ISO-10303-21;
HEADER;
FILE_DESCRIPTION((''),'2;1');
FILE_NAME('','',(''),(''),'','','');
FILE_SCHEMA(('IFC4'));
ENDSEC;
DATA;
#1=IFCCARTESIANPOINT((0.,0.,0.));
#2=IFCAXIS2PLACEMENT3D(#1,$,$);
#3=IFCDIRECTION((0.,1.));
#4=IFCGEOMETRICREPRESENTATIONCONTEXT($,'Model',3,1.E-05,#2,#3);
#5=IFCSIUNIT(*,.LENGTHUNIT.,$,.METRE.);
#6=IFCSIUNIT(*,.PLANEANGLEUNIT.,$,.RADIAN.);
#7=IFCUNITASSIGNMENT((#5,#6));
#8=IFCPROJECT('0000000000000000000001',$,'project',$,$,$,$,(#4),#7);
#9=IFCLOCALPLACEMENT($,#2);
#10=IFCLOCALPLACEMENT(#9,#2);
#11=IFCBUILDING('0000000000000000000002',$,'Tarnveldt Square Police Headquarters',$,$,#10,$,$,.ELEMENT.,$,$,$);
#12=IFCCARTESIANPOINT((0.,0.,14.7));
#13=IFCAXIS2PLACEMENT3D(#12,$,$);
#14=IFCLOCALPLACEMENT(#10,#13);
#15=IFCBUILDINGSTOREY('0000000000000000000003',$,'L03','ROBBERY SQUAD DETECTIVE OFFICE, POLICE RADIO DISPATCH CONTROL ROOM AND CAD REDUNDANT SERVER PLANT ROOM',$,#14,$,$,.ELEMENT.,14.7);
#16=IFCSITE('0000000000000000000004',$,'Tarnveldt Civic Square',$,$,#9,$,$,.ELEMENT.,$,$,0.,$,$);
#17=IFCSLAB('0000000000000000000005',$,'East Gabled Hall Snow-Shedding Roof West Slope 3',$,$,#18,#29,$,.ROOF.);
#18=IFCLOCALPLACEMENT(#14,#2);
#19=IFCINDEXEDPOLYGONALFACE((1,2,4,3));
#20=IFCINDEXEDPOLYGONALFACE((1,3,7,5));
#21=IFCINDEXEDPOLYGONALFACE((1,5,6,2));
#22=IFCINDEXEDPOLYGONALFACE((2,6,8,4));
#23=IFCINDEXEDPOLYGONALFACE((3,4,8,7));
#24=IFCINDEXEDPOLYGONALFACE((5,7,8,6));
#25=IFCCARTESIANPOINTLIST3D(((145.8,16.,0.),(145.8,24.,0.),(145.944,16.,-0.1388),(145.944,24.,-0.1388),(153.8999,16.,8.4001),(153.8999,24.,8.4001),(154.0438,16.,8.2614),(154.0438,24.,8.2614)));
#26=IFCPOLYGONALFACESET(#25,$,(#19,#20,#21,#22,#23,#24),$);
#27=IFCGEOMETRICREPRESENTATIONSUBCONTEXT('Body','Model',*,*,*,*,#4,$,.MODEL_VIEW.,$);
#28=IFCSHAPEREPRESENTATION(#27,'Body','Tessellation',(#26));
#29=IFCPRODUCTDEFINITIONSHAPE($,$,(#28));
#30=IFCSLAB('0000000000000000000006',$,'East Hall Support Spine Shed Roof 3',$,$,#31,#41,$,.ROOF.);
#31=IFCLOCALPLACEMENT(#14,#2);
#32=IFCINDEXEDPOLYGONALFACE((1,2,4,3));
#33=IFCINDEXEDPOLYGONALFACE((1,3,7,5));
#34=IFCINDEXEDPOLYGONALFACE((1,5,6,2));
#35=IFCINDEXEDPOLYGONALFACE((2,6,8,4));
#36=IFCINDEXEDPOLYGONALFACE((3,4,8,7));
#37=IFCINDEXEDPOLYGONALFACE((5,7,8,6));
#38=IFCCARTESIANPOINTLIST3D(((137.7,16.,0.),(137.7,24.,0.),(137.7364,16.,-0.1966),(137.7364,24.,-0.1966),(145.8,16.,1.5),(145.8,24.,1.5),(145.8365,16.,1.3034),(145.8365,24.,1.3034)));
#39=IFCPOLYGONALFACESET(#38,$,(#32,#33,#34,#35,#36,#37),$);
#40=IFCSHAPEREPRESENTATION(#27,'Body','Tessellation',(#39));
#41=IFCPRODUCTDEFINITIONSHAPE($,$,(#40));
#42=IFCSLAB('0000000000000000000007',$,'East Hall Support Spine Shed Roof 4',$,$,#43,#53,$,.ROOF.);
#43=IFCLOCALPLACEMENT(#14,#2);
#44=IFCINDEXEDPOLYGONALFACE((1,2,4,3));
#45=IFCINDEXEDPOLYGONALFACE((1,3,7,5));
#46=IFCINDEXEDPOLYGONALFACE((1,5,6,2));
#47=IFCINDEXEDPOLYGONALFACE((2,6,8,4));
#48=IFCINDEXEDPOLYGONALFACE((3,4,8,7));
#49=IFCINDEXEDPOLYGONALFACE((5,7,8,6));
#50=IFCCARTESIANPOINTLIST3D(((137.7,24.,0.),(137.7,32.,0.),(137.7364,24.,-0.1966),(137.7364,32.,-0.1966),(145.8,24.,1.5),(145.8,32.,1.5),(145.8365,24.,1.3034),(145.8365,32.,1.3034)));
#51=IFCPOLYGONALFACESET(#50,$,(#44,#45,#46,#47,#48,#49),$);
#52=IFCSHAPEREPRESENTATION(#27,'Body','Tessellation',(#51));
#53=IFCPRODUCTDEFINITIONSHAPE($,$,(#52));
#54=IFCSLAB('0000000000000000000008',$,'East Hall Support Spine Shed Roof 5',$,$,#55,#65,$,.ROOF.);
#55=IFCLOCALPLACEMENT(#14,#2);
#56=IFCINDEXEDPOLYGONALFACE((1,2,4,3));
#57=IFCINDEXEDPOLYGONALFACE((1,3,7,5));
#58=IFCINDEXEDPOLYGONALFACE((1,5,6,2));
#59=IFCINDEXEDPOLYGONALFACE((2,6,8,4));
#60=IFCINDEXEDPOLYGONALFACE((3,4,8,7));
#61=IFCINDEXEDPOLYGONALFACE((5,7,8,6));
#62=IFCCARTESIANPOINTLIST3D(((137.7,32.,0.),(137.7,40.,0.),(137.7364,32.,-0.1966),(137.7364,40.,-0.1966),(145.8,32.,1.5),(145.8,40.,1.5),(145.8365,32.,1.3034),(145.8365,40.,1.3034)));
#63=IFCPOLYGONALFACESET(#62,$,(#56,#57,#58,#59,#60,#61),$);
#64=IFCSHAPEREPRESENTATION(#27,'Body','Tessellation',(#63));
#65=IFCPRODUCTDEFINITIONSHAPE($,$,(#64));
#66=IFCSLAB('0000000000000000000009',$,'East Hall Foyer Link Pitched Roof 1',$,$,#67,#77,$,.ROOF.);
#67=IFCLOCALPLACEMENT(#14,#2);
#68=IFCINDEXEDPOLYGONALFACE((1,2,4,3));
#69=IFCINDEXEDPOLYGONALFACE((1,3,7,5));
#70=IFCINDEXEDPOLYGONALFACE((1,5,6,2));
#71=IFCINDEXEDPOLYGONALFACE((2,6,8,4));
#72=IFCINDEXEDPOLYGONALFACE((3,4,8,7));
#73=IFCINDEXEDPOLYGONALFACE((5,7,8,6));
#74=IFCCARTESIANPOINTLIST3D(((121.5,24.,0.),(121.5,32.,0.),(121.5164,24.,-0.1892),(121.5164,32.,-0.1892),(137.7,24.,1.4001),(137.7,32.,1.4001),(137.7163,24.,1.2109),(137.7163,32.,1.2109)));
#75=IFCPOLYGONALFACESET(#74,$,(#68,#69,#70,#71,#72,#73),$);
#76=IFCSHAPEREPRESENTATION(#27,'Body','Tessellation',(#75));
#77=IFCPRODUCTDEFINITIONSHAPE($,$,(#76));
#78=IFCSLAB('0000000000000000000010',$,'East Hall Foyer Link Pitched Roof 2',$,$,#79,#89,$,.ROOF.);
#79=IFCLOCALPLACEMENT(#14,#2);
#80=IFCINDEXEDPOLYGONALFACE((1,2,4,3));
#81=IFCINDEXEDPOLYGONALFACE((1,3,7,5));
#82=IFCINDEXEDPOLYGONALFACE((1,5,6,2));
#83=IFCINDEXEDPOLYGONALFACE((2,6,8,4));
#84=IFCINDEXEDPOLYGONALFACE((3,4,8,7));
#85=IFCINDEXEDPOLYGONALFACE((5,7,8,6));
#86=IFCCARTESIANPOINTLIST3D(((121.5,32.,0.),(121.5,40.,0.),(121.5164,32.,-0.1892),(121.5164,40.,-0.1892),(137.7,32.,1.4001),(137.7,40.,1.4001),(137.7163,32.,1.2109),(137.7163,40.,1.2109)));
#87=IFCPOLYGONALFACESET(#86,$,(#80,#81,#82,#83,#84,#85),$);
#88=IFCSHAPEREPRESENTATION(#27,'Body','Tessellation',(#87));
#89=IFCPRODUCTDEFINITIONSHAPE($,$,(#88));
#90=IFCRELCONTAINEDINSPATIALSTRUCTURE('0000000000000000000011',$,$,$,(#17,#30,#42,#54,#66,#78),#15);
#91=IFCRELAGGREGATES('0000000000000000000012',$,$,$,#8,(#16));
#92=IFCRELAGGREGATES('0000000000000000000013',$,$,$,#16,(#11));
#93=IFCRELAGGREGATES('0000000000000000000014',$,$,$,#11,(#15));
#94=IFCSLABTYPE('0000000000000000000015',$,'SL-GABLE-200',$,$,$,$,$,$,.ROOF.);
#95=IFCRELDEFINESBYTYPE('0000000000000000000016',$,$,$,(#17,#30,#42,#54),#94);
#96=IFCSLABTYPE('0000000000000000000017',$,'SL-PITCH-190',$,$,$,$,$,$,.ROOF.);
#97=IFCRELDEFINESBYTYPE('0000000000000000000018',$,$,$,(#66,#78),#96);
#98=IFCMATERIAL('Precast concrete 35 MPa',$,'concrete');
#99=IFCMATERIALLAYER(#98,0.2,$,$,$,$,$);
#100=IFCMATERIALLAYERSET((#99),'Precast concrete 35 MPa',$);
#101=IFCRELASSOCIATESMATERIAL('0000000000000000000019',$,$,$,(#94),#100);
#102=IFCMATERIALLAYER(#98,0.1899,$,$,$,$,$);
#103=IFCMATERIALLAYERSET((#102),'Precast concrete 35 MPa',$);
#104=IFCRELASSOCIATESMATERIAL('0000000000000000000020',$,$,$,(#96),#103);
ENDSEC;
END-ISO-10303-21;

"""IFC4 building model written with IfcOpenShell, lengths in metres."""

from ifc_helpers import new_model, si_unit, direction, frame, origin, place, context, subcontext, project, spatial, polyline, outline, extrude, material, layer, layer_set, type_object, element, save


model = new_model("IFC4")

# Units and contexts
model_context = context("Model", 3, precision=1e-05, world=origin(), true_north=direction((0.0, 1.0)))
body_context = subcontext(model_context, "Body", "Model", "MODEL_VIEW")
ifc_project = project(units=[si_unit("LENGTHUNIT", "METRE"), si_unit("PLANEANGLEUNIT", "RADIAN")], contexts=[model_context])

# Site, building, storey
site_placement = place(None, origin())
site = spatial("IfcSite", under=ifc_project, at=site_placement, Name="Tarnveldt Civic Square", CompositionType="ELEMENT", RefElevation=0.0)
building_placement = place(site_placement, origin())
building = spatial("IfcBuilding", under=site, at=building_placement, Name="Tarnveldt Square Police Headquarters", CompositionType="ELEMENT")
storey_placement = place(building_placement, frame((0.0, 0.0, 14.7)))
storey = spatial("IfcBuildingStorey", under=building, at=storey_placement, Name="L03", Description="ROBBERY SQUAD DETECTIVE OFFICE, POLICE RADIO DISPATCH CONTROL ROOM AND CAD REDUNDANT SERVER PLANT ROOM", CompositionType="ELEMENT", Elevation=14.7)

# Slabs
ifc_material_1 = material(Name="Precast concrete 35 MPa", Category="concrete")
ifc_layer_1 = layer(ifc_material_1, 0.2)
ifc_layer_set_1 = layer_set([ifc_layer_1], Name="Precast concrete 35 MPa")
slab_type_1 = type_object("IfcSlabType", Name="SL-GABLE-200", PredefinedType="ROOF", material=ifc_layer_set_1)
slab_1_placement = place(storey_placement, frame((145.8, 16.0, 0.0), z_axis=(-0.719857, 0.0, 0.694123), x_axis=(0.0, 1.0, 0.0)))
element("IfcSlab", 1, at=slab_1_placement, inside=storey, type_object=slab_type_1, Name="East Gabled Hall Snow-Shedding Roof West Slope 3", PredefinedType="ROOF", context=body_context, shape_type="SweptSolid", body=[
    extrude(outline(polyline([(0.0, 0.0), (8.0, 0.0), (8.0, -11.6692), (0.0, -11.6692), (0.0, 0.0)])), origin(), (0.0, 0.0, -1.0), 0.2),
])
for number, where, z_axis, x_axis, name in (
    (2, (137.7, 16.0, 0.0), (-0.182087, 0.0, 0.983282), (0.0, 1.0, 0.0), "East Hall Support Spine Shed Roof 3"),
    (3, (137.7, 24.0, 0.0), (-0.182087, 0.0, 0.983282), (0.0, 1.0, 0.0), "East Hall Support Spine Shed Roof 4"),
    (4, (137.7, 32.0, 0.0), (-0.182087, 0.0, 0.983282), (0.0, 1.0, 0.0), "East Hall Support Spine Shed Roof 5"),
):
    element("IfcSlab", number, at=place(storey_placement, frame(where, z_axis=z_axis, x_axis=x_axis)), inside=storey, type_object=slab_type_1, Name=name, PredefinedType="ROOF", context=body_context, shape_type="SweptSolid", body=[
        extrude(outline(polyline([(0.0, 0.0), (8.0, 0.0), (8.0, -8.2378), (0.0, -8.2378), (0.0, 0.0)])), origin(), (0.0, 0.0, -1.0), 0.2),
    ])
ifc_layer_2 = layer(ifc_material_1, 0.1899)
ifc_layer_set_2 = layer_set([ifc_layer_2], Name="Precast concrete 35 MPa")
slab_type_2 = type_object("IfcSlabType", Name="SL-PITCH-190", PredefinedType="ROOF", material=ifc_layer_set_2)
for number, where, z_axis, x_axis, name in (
    (5, (121.5, 24.0, 0.0), (-0.086108, 0.0, 0.996286), (0.0, 1.0, 0.0), "East Hall Foyer Link Pitched Roof 1"),
    (6, (121.5, 32.0, 0.0), (-0.086108, 0.0, 0.996286), (0.0, 1.0, 0.0), "East Hall Foyer Link Pitched Roof 2"),
):
    element("IfcSlab", number, at=place(storey_placement, frame(where, z_axis=z_axis, x_axis=x_axis)), inside=storey, type_object=slab_type_2, Name=name, PredefinedType="ROOF", context=body_context, shape_type="SweptSolid", body=[
        extrude(outline(polyline([(0.0, 0.0), (8.0, 0.0), (8.0, -16.2603), (0.0, -16.2603), (0.0, 0.0)])), origin(), (0.0, 0.0, -1.0), 0.1899),
    ])

save(model, "model.ifc")
